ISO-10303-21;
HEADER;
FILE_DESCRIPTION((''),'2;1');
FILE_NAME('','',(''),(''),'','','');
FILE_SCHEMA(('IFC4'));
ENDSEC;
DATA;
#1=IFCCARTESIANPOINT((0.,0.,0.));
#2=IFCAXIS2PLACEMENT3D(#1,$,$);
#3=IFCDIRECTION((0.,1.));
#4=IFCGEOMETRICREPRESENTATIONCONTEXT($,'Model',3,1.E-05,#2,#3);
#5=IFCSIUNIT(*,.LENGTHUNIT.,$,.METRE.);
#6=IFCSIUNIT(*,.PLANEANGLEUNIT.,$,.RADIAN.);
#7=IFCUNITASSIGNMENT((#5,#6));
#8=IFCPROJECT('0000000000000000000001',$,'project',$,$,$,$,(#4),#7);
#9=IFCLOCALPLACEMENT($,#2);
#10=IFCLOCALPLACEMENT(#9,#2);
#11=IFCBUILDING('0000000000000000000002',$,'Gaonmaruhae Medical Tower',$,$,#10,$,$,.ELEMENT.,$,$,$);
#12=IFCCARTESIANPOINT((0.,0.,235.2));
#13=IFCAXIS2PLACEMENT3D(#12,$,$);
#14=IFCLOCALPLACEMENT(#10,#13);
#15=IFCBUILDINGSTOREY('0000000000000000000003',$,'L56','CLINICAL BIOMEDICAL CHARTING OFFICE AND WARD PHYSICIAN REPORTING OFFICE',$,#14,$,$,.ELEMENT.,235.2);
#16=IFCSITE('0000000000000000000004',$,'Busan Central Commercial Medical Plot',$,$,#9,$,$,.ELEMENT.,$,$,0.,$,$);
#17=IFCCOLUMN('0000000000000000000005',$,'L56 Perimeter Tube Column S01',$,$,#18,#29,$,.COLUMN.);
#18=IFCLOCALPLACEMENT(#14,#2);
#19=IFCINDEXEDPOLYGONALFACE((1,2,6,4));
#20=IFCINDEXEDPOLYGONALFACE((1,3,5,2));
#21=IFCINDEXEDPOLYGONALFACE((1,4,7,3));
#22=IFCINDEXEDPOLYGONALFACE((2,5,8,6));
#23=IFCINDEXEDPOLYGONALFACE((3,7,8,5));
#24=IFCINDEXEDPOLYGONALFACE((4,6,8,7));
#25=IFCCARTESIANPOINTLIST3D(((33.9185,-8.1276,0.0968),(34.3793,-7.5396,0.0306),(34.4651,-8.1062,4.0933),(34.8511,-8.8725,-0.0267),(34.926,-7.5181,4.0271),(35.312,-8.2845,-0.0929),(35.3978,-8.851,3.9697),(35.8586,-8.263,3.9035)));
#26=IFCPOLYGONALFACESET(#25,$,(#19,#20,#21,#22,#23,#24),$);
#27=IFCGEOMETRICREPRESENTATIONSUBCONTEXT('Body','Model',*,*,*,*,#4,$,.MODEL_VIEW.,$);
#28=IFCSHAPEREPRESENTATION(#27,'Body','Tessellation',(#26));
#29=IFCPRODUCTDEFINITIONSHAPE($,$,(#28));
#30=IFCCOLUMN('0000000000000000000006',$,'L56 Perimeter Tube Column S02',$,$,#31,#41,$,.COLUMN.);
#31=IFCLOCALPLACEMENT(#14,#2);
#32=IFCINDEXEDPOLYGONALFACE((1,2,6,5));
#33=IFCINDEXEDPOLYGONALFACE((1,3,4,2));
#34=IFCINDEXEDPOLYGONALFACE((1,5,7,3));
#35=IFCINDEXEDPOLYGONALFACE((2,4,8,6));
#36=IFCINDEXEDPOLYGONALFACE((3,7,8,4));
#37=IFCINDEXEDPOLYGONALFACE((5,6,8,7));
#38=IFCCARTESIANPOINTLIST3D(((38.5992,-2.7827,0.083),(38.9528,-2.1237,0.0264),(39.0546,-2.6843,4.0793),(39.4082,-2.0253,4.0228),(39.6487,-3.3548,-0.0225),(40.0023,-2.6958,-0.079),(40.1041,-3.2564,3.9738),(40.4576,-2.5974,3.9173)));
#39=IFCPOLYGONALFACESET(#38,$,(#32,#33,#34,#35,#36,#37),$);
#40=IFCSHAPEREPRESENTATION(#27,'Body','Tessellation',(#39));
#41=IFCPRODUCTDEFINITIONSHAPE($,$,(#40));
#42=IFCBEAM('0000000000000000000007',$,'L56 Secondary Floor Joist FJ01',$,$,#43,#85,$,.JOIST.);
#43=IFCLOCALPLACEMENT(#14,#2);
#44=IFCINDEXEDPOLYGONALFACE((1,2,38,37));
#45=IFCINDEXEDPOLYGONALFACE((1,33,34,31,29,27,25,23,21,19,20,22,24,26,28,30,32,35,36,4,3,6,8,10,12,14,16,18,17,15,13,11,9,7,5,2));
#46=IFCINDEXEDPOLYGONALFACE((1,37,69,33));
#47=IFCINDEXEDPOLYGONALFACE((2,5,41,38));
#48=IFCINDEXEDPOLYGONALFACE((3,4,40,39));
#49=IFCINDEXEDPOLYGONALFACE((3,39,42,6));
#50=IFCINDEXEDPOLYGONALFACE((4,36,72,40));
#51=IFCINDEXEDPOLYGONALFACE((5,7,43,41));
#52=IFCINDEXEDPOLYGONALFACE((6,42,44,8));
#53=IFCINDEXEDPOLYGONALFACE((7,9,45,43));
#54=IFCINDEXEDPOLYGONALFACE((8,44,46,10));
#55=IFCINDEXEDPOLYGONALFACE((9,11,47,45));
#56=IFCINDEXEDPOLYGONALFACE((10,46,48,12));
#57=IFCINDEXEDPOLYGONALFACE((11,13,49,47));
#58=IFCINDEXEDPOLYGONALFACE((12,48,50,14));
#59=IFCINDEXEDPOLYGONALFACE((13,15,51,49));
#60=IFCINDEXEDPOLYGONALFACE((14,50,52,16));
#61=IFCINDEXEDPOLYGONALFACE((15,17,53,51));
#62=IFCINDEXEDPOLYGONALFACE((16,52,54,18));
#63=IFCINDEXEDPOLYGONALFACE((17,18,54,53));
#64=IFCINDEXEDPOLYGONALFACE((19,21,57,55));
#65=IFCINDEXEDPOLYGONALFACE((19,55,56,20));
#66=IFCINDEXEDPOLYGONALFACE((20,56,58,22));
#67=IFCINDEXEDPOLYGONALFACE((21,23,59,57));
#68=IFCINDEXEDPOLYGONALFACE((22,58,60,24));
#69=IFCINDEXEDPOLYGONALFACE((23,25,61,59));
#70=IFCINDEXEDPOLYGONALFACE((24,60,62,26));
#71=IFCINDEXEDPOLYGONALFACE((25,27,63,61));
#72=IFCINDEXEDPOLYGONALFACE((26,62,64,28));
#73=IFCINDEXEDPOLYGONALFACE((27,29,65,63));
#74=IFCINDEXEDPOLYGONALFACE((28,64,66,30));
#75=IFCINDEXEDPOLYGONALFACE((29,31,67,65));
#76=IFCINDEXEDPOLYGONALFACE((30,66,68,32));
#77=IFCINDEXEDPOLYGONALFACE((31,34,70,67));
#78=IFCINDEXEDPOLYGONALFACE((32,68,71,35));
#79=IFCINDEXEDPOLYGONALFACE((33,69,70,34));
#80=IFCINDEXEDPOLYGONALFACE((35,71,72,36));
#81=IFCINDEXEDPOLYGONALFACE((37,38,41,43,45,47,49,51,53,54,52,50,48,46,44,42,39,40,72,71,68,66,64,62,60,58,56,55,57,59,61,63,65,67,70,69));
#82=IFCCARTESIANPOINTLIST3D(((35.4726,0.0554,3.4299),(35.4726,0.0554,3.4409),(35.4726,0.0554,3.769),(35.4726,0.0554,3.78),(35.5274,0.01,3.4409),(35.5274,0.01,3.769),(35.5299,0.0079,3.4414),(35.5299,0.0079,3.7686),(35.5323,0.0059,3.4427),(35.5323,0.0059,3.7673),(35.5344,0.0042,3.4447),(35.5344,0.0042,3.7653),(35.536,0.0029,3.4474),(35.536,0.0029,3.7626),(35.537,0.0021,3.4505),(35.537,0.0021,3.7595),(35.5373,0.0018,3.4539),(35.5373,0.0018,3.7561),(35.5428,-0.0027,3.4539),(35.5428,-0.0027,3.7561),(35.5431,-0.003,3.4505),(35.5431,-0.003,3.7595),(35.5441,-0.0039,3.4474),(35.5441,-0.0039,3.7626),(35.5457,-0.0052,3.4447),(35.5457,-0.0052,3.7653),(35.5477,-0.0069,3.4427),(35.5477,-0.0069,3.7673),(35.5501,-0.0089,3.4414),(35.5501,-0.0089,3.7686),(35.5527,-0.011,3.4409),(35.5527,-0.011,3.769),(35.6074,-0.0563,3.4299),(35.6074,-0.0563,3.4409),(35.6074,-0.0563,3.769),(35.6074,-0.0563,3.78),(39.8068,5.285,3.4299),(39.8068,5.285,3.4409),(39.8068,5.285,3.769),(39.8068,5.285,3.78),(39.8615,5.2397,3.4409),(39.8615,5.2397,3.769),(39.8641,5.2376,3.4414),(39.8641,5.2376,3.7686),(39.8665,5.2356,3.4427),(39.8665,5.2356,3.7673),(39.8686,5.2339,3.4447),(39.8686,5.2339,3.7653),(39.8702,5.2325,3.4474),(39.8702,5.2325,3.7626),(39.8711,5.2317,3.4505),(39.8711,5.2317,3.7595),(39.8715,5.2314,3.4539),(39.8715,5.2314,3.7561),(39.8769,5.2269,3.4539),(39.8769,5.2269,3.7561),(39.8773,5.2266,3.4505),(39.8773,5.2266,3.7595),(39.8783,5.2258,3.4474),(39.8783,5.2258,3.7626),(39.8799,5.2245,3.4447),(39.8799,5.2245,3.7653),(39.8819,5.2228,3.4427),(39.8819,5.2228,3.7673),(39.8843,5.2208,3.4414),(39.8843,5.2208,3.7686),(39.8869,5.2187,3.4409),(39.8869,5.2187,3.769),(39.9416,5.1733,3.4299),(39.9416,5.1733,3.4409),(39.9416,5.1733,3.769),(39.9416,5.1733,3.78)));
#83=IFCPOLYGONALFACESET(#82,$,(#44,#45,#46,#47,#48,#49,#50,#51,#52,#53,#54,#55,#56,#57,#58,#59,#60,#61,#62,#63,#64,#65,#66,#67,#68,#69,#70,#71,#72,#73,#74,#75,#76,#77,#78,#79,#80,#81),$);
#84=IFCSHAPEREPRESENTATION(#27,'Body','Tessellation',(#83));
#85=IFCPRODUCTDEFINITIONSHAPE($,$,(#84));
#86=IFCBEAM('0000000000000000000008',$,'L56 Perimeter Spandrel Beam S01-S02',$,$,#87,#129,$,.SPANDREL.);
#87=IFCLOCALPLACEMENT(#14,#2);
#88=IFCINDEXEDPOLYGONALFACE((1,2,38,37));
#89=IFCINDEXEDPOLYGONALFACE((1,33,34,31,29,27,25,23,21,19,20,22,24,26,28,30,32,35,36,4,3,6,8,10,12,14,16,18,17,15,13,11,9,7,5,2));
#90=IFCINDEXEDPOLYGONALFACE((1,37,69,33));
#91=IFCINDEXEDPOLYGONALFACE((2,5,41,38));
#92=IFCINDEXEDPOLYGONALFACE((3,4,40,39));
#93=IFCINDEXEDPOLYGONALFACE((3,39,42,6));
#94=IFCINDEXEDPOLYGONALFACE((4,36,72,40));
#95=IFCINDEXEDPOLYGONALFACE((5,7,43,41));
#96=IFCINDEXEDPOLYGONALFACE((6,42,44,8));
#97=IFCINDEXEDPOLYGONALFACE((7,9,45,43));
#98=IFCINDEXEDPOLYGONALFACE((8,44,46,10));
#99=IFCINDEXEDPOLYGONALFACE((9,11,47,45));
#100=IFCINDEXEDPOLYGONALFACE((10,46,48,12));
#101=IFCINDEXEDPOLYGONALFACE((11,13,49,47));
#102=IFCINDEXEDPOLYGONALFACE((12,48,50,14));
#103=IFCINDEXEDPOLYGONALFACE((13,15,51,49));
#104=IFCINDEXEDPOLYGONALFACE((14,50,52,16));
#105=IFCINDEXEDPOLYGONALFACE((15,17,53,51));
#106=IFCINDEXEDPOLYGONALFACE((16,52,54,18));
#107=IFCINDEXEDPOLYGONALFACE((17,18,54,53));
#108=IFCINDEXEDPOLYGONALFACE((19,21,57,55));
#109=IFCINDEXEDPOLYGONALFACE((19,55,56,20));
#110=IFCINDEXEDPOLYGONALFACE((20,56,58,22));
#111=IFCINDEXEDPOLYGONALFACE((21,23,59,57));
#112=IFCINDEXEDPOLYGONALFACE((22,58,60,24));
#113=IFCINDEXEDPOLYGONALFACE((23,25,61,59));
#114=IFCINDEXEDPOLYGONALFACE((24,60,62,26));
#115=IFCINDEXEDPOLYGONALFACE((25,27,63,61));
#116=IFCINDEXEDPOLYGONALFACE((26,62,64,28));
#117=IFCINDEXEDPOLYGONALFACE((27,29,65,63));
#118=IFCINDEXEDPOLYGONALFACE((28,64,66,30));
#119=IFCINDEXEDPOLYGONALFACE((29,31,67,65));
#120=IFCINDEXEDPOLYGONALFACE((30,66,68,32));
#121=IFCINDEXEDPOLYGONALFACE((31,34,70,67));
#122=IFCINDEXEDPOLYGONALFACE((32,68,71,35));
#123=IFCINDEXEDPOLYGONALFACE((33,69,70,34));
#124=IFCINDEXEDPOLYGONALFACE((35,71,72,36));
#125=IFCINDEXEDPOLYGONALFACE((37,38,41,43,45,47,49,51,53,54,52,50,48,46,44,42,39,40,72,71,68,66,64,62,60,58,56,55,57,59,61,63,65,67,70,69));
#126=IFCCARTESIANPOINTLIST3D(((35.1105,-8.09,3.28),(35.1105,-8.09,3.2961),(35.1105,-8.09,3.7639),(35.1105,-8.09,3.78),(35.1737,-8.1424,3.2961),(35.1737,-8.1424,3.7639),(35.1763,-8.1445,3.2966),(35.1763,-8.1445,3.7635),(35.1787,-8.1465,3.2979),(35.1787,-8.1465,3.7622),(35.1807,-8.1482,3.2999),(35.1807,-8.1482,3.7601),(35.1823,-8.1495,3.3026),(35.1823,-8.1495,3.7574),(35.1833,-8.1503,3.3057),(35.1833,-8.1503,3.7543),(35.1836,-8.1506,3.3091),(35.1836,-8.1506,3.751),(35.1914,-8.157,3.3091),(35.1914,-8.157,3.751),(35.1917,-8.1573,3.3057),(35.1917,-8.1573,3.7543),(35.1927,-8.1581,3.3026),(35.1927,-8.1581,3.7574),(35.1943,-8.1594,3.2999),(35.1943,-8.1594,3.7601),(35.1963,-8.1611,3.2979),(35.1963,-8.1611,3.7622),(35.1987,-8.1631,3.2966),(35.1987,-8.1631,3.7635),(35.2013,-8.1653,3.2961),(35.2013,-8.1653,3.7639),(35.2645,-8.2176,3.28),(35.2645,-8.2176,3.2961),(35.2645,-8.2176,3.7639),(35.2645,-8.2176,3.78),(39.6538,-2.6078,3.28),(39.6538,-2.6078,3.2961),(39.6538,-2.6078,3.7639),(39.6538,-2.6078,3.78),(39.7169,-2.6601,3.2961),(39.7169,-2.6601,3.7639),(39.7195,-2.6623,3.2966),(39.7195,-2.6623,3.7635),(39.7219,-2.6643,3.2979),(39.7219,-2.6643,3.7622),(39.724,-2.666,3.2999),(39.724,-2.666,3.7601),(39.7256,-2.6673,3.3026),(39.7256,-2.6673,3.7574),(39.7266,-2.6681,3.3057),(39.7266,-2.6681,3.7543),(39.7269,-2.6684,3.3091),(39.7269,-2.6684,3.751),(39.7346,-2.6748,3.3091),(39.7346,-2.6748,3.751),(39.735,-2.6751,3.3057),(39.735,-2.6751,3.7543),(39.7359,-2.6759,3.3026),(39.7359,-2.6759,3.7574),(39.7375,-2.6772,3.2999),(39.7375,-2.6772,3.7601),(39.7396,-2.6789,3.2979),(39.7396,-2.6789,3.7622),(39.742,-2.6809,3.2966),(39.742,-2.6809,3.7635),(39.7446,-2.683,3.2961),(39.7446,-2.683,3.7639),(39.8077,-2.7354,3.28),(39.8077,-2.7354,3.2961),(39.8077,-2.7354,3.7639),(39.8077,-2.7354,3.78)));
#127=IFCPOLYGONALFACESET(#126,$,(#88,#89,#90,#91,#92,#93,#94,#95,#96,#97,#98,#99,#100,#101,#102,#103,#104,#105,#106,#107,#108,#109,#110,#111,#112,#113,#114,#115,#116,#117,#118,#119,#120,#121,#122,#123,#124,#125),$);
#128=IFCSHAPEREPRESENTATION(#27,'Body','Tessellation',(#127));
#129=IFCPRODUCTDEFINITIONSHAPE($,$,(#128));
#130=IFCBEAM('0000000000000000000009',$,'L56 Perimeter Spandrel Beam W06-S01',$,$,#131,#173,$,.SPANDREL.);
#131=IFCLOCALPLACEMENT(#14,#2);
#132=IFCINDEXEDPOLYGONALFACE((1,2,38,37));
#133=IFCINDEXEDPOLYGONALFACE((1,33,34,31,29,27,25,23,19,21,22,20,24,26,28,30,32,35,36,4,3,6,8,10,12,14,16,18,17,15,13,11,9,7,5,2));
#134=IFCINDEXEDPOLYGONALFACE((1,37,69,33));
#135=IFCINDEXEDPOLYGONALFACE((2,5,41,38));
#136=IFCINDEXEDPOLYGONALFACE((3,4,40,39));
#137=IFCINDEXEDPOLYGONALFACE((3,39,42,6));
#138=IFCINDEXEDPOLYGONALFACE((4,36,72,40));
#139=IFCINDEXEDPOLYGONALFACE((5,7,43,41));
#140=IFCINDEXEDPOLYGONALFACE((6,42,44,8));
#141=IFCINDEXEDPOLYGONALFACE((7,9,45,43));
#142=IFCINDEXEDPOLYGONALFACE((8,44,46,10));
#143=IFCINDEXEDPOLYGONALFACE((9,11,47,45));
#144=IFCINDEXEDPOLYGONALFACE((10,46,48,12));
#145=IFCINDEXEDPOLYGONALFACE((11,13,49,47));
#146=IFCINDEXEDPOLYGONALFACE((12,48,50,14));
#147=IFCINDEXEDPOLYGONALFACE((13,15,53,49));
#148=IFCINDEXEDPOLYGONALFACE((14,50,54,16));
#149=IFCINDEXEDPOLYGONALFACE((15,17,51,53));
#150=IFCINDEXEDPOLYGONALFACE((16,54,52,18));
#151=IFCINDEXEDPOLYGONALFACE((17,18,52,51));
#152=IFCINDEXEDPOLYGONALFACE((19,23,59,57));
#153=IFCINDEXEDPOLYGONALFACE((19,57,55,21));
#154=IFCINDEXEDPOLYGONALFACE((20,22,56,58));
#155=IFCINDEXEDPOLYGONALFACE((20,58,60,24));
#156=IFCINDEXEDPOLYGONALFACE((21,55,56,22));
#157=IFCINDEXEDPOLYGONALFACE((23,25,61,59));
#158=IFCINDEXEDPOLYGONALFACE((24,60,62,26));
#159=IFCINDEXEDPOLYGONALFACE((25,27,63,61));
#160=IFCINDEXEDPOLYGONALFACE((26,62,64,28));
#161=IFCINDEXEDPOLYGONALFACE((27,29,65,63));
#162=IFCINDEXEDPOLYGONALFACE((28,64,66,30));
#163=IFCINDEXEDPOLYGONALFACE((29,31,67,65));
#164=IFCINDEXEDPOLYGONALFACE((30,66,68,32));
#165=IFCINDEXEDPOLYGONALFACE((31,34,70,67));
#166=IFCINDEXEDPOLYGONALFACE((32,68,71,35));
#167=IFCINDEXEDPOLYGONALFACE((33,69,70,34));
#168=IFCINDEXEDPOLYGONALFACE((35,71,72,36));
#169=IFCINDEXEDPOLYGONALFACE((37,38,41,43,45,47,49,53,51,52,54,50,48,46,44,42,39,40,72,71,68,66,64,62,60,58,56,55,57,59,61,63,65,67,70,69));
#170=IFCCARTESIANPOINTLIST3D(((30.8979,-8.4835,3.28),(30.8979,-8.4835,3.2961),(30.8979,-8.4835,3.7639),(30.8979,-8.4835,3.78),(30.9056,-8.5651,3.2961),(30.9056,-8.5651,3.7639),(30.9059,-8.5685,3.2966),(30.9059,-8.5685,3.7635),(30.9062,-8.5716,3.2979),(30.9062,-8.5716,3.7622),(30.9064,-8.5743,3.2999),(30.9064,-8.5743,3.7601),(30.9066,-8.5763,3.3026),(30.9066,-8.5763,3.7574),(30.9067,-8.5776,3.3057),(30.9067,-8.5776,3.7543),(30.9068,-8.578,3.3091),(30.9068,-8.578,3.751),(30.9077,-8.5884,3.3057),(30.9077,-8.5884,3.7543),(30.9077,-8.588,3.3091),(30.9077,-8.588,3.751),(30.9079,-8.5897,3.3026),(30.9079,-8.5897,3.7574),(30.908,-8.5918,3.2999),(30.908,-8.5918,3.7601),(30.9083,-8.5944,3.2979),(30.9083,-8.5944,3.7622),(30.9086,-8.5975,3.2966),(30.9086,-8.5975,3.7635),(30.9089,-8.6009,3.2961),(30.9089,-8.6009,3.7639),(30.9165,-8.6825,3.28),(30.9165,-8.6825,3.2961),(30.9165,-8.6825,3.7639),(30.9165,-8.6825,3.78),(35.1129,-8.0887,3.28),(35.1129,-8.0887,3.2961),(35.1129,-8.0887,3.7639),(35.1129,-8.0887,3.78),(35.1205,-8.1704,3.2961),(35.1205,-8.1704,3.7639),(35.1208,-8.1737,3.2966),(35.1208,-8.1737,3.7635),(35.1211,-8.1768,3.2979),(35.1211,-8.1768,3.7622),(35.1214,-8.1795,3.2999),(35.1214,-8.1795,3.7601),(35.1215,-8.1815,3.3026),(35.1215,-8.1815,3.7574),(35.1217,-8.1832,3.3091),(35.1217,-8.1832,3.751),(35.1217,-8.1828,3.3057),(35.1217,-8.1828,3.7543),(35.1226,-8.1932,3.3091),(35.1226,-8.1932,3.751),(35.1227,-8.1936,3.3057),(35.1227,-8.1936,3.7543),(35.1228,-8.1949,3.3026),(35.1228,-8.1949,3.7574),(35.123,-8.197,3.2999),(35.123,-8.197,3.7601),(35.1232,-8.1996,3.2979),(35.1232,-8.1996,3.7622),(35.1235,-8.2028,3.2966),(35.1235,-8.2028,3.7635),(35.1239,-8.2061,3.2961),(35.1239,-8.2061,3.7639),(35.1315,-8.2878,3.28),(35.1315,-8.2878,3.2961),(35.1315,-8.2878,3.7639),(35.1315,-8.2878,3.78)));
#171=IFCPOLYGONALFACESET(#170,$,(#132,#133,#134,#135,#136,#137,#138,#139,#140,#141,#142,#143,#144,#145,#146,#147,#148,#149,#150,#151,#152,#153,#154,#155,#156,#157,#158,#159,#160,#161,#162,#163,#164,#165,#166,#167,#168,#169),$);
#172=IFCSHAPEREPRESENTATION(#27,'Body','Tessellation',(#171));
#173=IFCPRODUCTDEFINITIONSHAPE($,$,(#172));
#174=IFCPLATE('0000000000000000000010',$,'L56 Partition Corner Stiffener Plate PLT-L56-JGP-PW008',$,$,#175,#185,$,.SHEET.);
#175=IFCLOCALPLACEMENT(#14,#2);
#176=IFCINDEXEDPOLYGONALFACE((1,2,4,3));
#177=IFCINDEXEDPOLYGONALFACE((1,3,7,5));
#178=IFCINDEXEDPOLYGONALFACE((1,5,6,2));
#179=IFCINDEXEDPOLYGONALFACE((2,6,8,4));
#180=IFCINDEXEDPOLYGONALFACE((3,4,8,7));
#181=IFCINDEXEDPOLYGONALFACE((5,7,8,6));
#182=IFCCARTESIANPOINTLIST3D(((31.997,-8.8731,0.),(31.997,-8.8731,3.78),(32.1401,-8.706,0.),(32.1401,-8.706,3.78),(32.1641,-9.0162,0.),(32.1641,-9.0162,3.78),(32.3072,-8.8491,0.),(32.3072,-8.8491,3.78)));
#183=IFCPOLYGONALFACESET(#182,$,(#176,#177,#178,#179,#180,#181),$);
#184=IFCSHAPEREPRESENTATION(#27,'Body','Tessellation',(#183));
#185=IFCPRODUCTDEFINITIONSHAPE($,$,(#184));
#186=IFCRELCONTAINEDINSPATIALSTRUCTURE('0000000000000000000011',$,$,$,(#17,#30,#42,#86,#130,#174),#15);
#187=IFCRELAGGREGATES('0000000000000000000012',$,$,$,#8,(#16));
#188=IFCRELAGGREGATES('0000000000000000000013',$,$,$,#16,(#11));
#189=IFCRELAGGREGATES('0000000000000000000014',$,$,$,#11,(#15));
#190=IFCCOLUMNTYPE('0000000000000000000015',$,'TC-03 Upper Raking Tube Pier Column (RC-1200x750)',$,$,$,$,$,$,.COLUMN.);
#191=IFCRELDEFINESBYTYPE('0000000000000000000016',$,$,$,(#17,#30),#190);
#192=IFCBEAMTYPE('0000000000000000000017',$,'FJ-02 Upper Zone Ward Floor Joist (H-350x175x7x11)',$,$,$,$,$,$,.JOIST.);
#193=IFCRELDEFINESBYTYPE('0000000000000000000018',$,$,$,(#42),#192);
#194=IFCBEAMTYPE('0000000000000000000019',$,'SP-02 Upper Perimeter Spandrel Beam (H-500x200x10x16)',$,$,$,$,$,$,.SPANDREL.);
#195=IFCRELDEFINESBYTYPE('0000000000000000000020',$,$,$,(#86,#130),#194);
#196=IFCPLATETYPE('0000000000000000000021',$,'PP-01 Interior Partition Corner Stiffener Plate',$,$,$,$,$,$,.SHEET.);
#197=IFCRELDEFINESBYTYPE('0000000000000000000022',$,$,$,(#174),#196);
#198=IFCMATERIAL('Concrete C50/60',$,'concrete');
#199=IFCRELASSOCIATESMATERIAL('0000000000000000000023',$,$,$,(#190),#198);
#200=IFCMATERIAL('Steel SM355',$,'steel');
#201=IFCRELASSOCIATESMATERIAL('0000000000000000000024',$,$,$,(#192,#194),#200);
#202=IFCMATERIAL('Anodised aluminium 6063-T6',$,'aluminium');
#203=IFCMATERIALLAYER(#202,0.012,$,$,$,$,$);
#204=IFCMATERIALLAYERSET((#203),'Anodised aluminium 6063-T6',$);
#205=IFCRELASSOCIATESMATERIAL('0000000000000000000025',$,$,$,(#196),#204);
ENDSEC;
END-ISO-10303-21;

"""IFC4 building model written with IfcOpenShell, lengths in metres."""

from ifc_helpers import new_model, si_unit, direction, frame, origin, origin_2d, place, context, subcontext, project, spatial, rectangle, i_section, extrude, material, layer, layer_set, material_profile, profile_set, type_object, element, save


model = new_model("IFC4")

# Units and contexts
model_context = context("Model", 3, precision=1e-05, world=origin(), true_north=direction((0.0, 1.0)))
body_context = subcontext(model_context, "Body", "Model", "MODEL_VIEW")
ifc_project = project(units=[si_unit("LENGTHUNIT", "METRE"), si_unit("PLANEANGLEUNIT", "RADIAN")], contexts=[model_context])

# Site, building, storey
site_placement = place(None, origin())
site = spatial("IfcSite", under=ifc_project, at=site_placement, Name="Busan Central Commercial Medical Plot", CompositionType="ELEMENT", RefElevation=0.0)
building_placement = place(site_placement, origin())
building = spatial("IfcBuilding", under=site, at=building_placement, Name="Gaonmaruhae Medical Tower", CompositionType="ELEMENT")
storey_placement = place(building_placement, frame((0.0, 0.0, 235.2)))
storey = spatial("IfcBuildingStorey", under=building, at=storey_placement, Name="L56", Description="CLINICAL BIOMEDICAL CHARTING OFFICE AND WARD PHYSICIAN REPORTING OFFICE", CompositionType="ELEMENT", Elevation=235.2)

# Columns
ifc_material_1 = material(Name="Concrete C50/60", Category="concrete")
ifc_material_profile_1 = material_profile(ifc_material_1, rectangle(XDim=1.2, YDim=0.75, at=origin_2d()), Name="RC-1200x750")
ifc_profile_set_1 = profile_set([ifc_material_profile_1], Name="Concrete C50/60")
column_type = type_object("IfcColumnType", Name="TC-03 Upper Raking Tube Pier Column (RC-1200x750)", PredefinedType="COLUMN", material=ifc_profile_set_1)
column_1_placement = place(storey_placement, frame((34.6152, -8.2061, 0.002), z_axis=(0.135519, 0.005326, 0.99076), x_axis=(-0.777233, 0.620729, 0.102975)))
element("IfcColumn", 1, at=column_1_placement, inside=storey, type_object=column_type, Name="L56 Perimeter Tube Column S01", PredefinedType="COLUMN", context=body_context, shape_type="SweptSolid", body=[
    extrude(rectangle(XDim=1.2, YDim=0.75, at=origin_2d()), origin(), (0.0, 0.0, 1.0), 4.0337),
])
column_2_placement = place(storey_placement, frame((39.3008, -2.7393, 0.002), z_axis=(0.113169, 0.024454, 0.993275), x_axis=(-0.874602, 0.476805, 0.087909)))
element("IfcColumn", 2, at=column_2_placement, inside=storey, type_object=column_type, Name="L56 Perimeter Tube Column S02", PredefinedType="COLUMN", context=body_context, shape_type="SweptSolid", body=[
    extrude(rectangle(XDim=1.2, YDim=0.75, at=origin_2d()), origin(), (0.0, 0.0, 1.0), 4.0234),
])

# Beams
ifc_material_2 = material(Name="Steel SM355", Category="steel")
ifc_material_profile_2 = material_profile(ifc_material_2, i_section(OverallWidth=0.175, OverallDepth=0.3501, WebThickness=0.0071, FlangeThickness=0.011, FilletRadius=0.0129, at=origin_2d()), Name="H-350x175x7x11")
ifc_profile_set_2 = profile_set([ifc_material_profile_2], Name="Steel SM355")
beam_type_1 = type_object("IfcBeamType", Name="FJ-02 Upper Zone Ward Floor Joist (H-350x175x7x11)", PredefinedType="JOIST", material=ifc_profile_set_2)
beam_1_placement = place(storey_placement, frame((35.54, -0.0005, 3.605), z_axis=(0.638107, 0.769948, 0.0), x_axis=(-0.769948, 0.638107, 0.0)))
element("IfcBeam", 3, at=beam_1_placement, inside=storey, type_object=beam_type_1, Name="L56 Secondary Floor Joist FJ01", PredefinedType="JOIST", context=body_context, shape_type="SweptSolid", body=[
    extrude(i_section(OverallWidth=0.175, OverallDepth=0.3501, WebThickness=0.0071, FlangeThickness=0.011, FilletRadius=0.0129, at=origin_2d()), origin(), (0.0, 0.0, 1.0), 6.7922),
])
ifc_material_profile_3 = material_profile(ifc_material_2, i_section(OverallWidth=0.2, OverallDepth=0.5, WebThickness=0.01, FlangeThickness=0.0161, FilletRadius=0.0129, at=origin_2d()), Name="H-500x200x10x16")
ifc_profile_set_3 = profile_set([ifc_material_profile_3], Name="Steel SM355")
beam_type_2 = type_object("IfcBeamType", Name="SP-02 Upper Perimeter Spandrel Beam (H-500x200x10x16)", PredefinedType="SPANDREL", material=ifc_profile_set_3)
beam_2_placement = place(storey_placement, frame((35.1875, -8.1538, 3.53), z_axis=(0.638088, 0.769964, 0.0), x_axis=(-0.769964, 0.638088, 0.0)))
element("IfcBeam", 4, at=beam_2_placement, inside=storey, type_object=beam_type_2, Name="L56 Perimeter Spandrel Beam S01-S02", PredefinedType="SPANDREL", context=body_context, shape_type="SweptSolid", body=[
    extrude(i_section(OverallWidth=0.2, OverallDepth=0.5, WebThickness=0.01, FlangeThickness=0.0161, FilletRadius=0.0129, at=origin_2d()), origin(), (0.0, 0.0, 1.0), 7.1201),
])
beam_3_placement = place(storey_placement, frame((30.9072, -8.583, 3.53), z_axis=(0.995642, 0.093255, 0.0), x_axis=(-0.093255, 0.995642, 0.0)))
element("IfcBeam", 5, at=beam_3_placement, inside=storey, type_object=beam_type_2, Name="L56 Perimeter Spandrel Beam W06-S01", PredefinedType="SPANDREL", context=body_context, shape_type="SweptSolid", body=[
    extrude(i_section(OverallWidth=0.2, OverallDepth=0.5, WebThickness=0.01, FlangeThickness=0.0161, FilletRadius=0.0129, at=origin_2d()), origin(), (0.0, 0.0, 1.0), 4.2334),
])

# Plate
ifc_material_3 = material(Name="Anodised aluminium 6063-T6", Category="aluminium")
ifc_layer_1 = layer(ifc_material_3, 0.012)
ifc_layer_set_1 = layer_set([ifc_layer_1], Name="Anodised aluminium 6063-T6")
plate_type = type_object("IfcPlateType", Name="PP-01 Interior Partition Corner Stiffener Plate", PredefinedType="SHEET", material=ifc_layer_set_1)
for number, where, z_axis, x_axis, name in (
    (6, (32.1521, -8.8611, 0.0), (0.0, 0.0, 1.0), (-0.75968, 0.650297, 0.0), "L56 Partition Corner Stiffener Plate PLT-L56-JGP-PW008"),
):
    element("IfcPlate", number, at=place(storey_placement, frame(where, z_axis=z_axis, x_axis=x_axis)), inside=storey, type_object=plate_type, Name=name, PredefinedType="SHEET", context=body_context, shape_type="SweptSolid", body=[
        extrude(rectangle(XDim=0.22, YDim=0.22, at=origin_2d()), origin(), (0.0, 0.0, 1.0), 3.78),
    ])

save(model, "model.ifc")
